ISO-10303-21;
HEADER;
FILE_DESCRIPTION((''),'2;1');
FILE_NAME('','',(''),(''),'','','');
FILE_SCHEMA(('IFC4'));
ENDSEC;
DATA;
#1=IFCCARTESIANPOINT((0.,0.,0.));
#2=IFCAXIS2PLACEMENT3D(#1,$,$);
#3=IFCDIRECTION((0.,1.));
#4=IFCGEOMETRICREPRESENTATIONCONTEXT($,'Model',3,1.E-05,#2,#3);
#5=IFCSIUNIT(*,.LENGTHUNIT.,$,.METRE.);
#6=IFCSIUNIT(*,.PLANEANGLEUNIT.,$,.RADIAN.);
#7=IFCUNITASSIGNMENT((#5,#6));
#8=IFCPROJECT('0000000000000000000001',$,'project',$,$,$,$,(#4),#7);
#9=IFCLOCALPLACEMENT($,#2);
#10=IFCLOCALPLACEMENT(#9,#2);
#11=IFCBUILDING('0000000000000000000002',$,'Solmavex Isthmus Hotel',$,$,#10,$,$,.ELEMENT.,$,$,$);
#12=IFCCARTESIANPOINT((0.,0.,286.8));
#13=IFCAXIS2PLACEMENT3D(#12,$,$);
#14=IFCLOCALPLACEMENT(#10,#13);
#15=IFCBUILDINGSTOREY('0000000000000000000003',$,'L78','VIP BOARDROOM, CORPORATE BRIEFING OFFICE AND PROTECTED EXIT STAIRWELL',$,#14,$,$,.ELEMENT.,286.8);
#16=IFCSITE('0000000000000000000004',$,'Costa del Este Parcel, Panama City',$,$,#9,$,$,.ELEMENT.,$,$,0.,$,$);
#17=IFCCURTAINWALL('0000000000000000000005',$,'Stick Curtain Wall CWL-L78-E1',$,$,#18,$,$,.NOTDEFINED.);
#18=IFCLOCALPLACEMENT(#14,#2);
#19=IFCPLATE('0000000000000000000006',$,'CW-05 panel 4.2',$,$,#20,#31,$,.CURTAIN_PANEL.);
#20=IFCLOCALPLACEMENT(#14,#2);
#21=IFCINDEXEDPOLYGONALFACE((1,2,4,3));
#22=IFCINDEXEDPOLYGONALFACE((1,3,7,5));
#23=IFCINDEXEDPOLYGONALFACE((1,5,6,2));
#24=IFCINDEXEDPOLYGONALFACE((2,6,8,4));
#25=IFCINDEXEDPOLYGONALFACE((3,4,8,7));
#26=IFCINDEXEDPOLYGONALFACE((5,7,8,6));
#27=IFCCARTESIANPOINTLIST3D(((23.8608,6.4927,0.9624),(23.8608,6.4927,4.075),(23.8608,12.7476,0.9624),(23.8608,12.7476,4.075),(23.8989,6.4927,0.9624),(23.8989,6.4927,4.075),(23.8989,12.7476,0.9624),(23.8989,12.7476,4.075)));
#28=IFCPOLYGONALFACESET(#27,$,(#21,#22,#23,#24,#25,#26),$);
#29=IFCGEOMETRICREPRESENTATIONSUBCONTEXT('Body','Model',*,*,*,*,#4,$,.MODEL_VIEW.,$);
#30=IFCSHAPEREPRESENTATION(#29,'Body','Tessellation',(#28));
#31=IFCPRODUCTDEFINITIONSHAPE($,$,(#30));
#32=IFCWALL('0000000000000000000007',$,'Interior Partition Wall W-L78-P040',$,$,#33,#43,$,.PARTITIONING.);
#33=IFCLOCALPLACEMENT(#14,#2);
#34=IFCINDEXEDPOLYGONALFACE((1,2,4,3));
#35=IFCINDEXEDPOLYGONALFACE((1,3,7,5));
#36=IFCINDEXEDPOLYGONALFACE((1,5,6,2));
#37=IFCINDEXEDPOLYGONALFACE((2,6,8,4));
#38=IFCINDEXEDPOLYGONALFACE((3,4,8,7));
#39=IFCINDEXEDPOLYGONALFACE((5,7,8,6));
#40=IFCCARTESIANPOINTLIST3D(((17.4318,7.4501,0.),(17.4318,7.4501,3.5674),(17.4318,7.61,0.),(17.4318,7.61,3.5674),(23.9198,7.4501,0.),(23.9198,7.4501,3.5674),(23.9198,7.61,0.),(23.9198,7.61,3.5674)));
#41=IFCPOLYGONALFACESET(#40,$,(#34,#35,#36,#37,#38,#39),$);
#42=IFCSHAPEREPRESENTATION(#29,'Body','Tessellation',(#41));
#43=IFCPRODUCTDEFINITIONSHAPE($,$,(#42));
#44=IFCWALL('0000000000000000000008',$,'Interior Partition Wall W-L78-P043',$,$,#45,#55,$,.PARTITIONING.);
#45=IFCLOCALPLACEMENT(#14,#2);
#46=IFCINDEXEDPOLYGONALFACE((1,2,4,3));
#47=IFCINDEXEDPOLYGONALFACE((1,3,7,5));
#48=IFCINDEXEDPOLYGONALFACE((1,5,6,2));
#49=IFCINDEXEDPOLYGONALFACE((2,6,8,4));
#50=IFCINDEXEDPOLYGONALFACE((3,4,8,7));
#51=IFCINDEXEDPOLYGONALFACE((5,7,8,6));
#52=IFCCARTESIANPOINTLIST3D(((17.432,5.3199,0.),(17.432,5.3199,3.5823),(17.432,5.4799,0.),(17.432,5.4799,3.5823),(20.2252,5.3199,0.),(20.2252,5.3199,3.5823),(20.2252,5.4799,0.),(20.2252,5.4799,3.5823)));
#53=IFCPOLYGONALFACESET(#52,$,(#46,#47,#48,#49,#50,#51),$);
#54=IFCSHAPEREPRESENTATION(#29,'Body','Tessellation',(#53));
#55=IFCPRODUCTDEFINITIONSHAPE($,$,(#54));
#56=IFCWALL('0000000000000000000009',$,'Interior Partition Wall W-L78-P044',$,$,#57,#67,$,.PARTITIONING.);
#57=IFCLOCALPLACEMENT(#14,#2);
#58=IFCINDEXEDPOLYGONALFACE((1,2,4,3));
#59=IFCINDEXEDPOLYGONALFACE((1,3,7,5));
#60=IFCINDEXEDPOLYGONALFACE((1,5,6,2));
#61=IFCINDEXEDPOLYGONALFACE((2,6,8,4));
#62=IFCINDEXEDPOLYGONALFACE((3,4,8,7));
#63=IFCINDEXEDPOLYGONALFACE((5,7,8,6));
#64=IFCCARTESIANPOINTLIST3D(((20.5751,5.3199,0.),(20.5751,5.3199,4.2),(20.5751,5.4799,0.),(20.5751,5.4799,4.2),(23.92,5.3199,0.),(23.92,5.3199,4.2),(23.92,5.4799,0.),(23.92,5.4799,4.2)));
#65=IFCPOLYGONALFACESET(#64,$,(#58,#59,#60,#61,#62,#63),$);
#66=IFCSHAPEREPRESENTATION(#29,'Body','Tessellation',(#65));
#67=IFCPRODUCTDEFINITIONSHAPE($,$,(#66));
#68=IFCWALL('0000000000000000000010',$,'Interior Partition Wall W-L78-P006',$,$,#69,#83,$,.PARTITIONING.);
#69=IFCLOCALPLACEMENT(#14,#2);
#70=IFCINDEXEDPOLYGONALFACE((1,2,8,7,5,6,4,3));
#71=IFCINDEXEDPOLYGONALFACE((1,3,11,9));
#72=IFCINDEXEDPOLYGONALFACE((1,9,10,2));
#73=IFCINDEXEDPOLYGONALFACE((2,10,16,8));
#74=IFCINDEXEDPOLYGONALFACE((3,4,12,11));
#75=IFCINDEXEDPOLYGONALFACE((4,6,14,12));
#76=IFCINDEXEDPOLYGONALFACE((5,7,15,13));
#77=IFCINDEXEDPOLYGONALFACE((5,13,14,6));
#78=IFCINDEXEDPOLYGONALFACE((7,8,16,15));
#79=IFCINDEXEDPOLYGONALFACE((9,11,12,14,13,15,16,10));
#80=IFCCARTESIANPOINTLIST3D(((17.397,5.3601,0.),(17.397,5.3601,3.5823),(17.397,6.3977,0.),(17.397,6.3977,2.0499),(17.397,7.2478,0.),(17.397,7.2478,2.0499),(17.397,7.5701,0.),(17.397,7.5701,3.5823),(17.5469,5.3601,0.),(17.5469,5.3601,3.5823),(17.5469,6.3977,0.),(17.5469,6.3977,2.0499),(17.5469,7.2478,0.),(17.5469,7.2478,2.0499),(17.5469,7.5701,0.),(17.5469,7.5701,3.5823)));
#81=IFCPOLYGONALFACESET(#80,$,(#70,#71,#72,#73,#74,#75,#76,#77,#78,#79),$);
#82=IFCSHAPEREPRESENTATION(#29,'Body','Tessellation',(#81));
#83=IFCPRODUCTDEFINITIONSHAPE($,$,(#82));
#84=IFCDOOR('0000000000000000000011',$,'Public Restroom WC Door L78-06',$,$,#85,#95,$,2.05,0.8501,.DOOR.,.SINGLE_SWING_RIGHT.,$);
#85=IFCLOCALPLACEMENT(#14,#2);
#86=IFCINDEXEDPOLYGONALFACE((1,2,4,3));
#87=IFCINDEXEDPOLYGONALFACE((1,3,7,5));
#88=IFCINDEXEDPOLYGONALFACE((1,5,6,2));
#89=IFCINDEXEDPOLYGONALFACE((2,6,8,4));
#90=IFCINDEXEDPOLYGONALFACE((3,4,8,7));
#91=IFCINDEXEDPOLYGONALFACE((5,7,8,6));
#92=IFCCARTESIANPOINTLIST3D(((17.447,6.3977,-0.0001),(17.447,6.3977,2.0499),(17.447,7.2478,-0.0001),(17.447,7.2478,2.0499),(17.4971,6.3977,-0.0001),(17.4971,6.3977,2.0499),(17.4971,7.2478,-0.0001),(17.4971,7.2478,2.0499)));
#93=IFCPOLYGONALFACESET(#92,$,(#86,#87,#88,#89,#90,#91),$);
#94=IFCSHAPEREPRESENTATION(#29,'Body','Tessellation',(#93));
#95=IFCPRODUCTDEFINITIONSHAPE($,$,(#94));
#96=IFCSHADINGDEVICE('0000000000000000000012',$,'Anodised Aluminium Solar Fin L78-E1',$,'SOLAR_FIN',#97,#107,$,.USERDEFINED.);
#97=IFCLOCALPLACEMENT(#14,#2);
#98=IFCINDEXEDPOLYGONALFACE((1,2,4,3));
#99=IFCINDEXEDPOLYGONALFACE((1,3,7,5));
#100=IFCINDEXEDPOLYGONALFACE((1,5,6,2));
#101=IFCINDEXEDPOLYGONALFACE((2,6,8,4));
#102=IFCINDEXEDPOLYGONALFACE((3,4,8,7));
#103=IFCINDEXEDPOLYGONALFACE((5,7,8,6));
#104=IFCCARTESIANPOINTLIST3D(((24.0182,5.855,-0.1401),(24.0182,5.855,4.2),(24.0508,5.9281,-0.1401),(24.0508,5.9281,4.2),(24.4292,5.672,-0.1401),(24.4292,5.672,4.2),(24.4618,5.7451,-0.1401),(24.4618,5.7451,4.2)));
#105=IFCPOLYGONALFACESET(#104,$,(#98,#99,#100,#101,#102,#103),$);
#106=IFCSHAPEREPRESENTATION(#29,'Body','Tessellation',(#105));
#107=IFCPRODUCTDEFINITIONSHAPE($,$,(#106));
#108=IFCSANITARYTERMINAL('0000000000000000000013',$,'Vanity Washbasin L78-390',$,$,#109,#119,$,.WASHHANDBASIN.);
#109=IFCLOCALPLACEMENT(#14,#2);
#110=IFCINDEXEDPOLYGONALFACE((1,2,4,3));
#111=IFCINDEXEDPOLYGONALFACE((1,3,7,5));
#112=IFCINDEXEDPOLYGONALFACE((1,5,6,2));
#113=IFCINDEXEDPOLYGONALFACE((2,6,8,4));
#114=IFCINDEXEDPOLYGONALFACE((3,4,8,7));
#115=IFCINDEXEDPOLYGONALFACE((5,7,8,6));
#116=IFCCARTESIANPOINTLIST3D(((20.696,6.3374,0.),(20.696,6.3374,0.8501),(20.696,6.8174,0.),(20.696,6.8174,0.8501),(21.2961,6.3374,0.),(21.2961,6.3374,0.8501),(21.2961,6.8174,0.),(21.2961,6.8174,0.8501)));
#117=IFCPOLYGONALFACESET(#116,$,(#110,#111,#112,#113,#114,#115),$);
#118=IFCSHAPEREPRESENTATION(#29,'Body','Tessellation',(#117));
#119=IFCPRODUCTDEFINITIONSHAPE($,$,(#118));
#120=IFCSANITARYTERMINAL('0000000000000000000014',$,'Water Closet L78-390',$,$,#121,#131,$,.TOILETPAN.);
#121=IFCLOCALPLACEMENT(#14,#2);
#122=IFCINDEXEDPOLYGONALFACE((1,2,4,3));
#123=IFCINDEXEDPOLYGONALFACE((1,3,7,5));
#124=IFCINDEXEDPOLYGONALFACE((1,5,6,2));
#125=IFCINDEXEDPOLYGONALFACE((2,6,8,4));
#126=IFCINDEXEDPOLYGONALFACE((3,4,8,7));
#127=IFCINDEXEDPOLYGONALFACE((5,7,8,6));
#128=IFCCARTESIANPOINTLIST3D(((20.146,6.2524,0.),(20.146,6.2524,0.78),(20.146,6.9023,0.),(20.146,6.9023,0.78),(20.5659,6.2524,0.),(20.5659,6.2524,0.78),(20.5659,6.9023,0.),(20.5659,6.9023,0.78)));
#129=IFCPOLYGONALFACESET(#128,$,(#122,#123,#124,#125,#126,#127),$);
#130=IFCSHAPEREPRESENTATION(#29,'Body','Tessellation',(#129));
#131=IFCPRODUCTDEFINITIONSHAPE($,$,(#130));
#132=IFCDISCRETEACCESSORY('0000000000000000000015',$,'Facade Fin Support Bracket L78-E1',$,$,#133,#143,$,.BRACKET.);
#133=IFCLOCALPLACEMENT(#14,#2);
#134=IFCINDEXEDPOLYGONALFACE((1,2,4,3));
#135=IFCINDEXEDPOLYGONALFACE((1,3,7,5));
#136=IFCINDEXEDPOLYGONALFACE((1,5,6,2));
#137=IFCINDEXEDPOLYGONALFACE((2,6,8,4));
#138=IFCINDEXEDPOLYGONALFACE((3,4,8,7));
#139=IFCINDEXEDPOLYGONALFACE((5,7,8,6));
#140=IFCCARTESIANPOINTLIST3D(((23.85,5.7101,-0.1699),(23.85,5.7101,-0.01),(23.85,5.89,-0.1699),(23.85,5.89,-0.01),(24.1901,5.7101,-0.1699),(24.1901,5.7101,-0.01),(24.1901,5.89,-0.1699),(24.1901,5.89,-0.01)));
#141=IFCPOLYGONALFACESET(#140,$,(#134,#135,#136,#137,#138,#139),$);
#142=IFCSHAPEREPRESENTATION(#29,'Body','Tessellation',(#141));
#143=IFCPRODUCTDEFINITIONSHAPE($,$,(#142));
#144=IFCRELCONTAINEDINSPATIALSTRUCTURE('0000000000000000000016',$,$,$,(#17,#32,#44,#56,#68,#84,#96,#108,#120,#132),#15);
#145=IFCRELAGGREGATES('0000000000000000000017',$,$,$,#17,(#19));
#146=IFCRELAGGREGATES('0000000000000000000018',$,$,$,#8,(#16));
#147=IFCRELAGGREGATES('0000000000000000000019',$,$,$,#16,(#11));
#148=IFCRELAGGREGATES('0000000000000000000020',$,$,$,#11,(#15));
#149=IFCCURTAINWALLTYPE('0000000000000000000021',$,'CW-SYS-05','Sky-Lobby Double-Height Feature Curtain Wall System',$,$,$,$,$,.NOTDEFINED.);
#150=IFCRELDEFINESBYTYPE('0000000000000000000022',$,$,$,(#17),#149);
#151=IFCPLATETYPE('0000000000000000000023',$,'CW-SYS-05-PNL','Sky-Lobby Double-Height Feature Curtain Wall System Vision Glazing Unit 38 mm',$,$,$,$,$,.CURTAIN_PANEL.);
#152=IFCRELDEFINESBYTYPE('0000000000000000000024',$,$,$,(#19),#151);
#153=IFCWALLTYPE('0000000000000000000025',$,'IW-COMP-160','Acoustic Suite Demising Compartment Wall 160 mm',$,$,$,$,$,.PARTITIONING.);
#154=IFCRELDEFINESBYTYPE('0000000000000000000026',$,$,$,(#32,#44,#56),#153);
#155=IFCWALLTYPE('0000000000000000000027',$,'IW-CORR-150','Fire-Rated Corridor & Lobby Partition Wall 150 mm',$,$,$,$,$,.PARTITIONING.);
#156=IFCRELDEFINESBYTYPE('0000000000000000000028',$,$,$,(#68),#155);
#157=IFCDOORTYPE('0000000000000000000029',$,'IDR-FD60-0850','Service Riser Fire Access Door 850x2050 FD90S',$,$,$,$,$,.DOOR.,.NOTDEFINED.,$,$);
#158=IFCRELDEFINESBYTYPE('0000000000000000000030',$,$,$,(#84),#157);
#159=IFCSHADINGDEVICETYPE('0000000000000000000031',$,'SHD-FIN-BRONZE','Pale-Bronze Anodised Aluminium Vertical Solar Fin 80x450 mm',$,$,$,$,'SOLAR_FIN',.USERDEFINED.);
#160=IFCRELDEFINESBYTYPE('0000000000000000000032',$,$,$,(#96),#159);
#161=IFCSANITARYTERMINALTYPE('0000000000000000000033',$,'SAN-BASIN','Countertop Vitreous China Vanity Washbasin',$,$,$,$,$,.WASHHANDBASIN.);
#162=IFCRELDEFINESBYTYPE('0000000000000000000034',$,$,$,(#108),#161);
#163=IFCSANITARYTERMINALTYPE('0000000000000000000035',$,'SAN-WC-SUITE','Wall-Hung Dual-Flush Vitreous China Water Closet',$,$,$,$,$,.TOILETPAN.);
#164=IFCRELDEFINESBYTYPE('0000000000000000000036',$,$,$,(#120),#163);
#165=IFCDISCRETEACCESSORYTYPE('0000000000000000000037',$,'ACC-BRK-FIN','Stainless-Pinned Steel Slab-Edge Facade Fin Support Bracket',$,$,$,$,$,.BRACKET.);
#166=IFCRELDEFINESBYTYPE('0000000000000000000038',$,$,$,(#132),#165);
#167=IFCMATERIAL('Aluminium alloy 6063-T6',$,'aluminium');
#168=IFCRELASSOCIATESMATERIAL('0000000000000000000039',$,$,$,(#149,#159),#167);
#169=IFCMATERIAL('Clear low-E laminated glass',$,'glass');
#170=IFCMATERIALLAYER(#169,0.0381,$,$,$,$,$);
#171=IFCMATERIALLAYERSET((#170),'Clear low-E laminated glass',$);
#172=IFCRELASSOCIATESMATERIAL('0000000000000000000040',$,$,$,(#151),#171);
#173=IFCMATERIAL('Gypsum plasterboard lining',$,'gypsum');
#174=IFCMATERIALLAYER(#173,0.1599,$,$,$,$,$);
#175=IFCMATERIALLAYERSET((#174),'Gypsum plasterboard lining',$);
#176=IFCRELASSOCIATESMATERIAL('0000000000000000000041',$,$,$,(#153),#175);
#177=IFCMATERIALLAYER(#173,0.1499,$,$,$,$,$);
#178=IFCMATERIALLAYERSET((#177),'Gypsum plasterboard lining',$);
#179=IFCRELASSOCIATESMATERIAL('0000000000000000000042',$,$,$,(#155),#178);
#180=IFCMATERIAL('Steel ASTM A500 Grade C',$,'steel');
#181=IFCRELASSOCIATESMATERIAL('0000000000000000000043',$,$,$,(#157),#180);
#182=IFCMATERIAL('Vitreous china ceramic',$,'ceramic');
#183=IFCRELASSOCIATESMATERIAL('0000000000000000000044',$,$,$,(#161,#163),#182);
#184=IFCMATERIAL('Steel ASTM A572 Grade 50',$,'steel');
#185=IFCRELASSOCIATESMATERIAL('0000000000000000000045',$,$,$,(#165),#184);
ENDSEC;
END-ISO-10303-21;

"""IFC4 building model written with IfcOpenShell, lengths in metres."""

from ifc_helpers import new_model, si_unit, direction, frame, frame_2d, origin, origin_2d, place, context, subcontext, project, spatial, rectangle, extrude, material, layer, layer_set, type_object, element, fill, aggregate, save


model = new_model("IFC4")

# Units and contexts
model_context = context("Model", 3, precision=1e-05, world=origin(), true_north=direction((0.0, 1.0)))
body_context = subcontext(model_context, "Body", "Model", "MODEL_VIEW")
ifc_project = project(units=[si_unit("LENGTHUNIT", "METRE"), si_unit("PLANEANGLEUNIT", "RADIAN")], contexts=[model_context])

# Site, building, storey
site_placement = place(None, origin())
site = spatial("IfcSite", under=ifc_project, at=site_placement, Name="Costa del Este Parcel, Panama City", CompositionType="ELEMENT", RefElevation=0.0)
building_placement = place(site_placement, origin())
building = spatial("IfcBuilding", under=site, at=building_placement, Name="Solmavex Isthmus Hotel", CompositionType="ELEMENT")
storey_placement = place(building_placement, frame((0.0, 0.0, 286.8)))
storey = spatial("IfcBuildingStorey", under=building, at=storey_placement, Name="L78", Description="VIP BOARDROOM, CORPORATE BRIEFING OFFICE AND PROTECTED EXIT STAIRWELL", CompositionType="ELEMENT", Elevation=286.8)

# Curtain wall, plate
ifc_material_1 = material(Name="Aluminium alloy 6063-T6", Category="aluminium")
curtain_wall_type = type_object("IfcCurtainWallType", Name="CW-SYS-05", Description="Sky-Lobby Double-Height Feature Curtain Wall System", PredefinedType="NOTDEFINED", material=ifc_material_1)
curtain_wall_placement = place(storey_placement, origin())
curtain_wall = element("IfcCurtainWall", 1, at=curtain_wall_placement, inside=storey, type_object=curtain_wall_type, Name="Stick Curtain Wall CWL-L78-E1", PredefinedType="NOTDEFINED")
ifc_material_2 = material(Name="Clear low-E laminated glass", Category="glass")
ifc_layer_1 = layer(ifc_material_2, 0.0381)
ifc_layer_set_1 = layer_set([ifc_layer_1], Name="Clear low-E laminated glass")
plate_type = type_object("IfcPlateType", Name="CW-SYS-05-PNL", Description="Sky-Lobby Double-Height Feature Curtain Wall System Vision Glazing Unit 38 mm", PredefinedType="CURTAIN_PANEL", material=ifc_layer_set_1)
plate_1_placement = place(storey_placement, frame((23.8799, 9.6201, 0.9624), z_axis=(0.0, 0.0, 1.0), x_axis=(0.0, 1.0, 0.0)))
plate_1 = element("IfcPlate", 2, at=plate_1_placement, type_object=plate_type, Name="CW-05 panel 4.2", PredefinedType="CURTAIN_PANEL", context=body_context, shape_type="SweptSolid", body=[
    extrude(rectangle(XDim=6.2549, YDim=0.0381, at=origin_2d()), origin(), (0.0, 0.0, 1.0), 3.1125),
])
aggregate(curtain_wall, [plate_1])

# Walls
ifc_material_3 = material(Name="Gypsum plasterboard lining", Category="gypsum")
ifc_layer_2 = layer(ifc_material_3, 0.1599)
ifc_layer_set_2 = layer_set([ifc_layer_2], Name="Gypsum plasterboard lining")
wall_type_1 = type_object("IfcWallType", Name="IW-COMP-160", Description="Acoustic Suite Demising Compartment Wall 160 mm", PredefinedType="PARTITIONING", material=ifc_layer_set_2)
wall_1_placement = place(storey_placement, frame((23.9199, 7.53, 0.0), z_axis=(0.0, 0.0, 1.0), x_axis=(-1.0, 0.0, 0.0)))
element("IfcWall", 3, at=wall_1_placement, inside=storey, type_object=wall_type_1, Name="Interior Partition Wall W-L78-P040", PredefinedType="PARTITIONING", context=body_context, shape_type="SweptSolid", body=[
    extrude(rectangle(XDim=6.488, YDim=0.1599, at=frame_2d((3.2441, 0.0))), origin(), (0.0, 0.0, 1.0), 3.5674),
])
wall_2_placement = place(storey_placement, frame((20.2251, 5.3999, 0.0), z_axis=(0.0, 0.0, 1.0), x_axis=(-1.0, 0.0, 0.0)))
element("IfcWall", 4, at=wall_2_placement, inside=storey, type_object=wall_type_1, Name="Interior Partition Wall W-L78-P043", PredefinedType="PARTITIONING", context=body_context, shape_type="SweptSolid", body=[
    extrude(rectangle(XDim=2.7932, YDim=0.1599, at=frame_2d((1.3965, 0.0))), origin(), (0.0, 0.0, 1.0), 3.5823),
])
wall_3_placement = place(storey_placement, frame((23.9199, 5.3999, 0.0), z_axis=(0.0, 0.0, 1.0), x_axis=(-1.0, 0.0, 0.0)))
element("IfcWall", 5, at=wall_3_placement, inside=storey, type_object=wall_type_1, Name="Interior Partition Wall W-L78-P044", PredefinedType="PARTITIONING", context=body_context, shape_type="SweptSolid", body=[
    extrude(rectangle(XDim=3.345, YDim=0.1599, at=frame_2d((1.6724, 0.0))), origin(), (0.0, 0.0, 1.0), 4.2),
])

# Wall, opening, door
ifc_layer_3 = layer(ifc_material_3, 0.1499)
ifc_layer_set_3 = layer_set([ifc_layer_3], Name="Gypsum plasterboard lining")
wall_type_2 = type_object("IfcWallType", Name="IW-CORR-150", Description="Fire-Rated Corridor & Lobby Partition Wall 150 mm", PredefinedType="PARTITIONING", material=ifc_layer_set_3)
wall_4_placement = place(storey_placement, frame((17.4719, 7.5701, 0.0), z_axis=(0.0, 0.0, 1.0), x_axis=(0.0, -1.0, 0.0)))
wall_4 = element("IfcWall", 6, at=wall_4_placement, inside=storey, type_object=wall_type_2, Name="Interior Partition Wall W-L78-P006", PredefinedType="PARTITIONING", context=body_context, shape_type="SweptSolid", body=[
    extrude(rectangle(XDim=2.21, YDim=0.1499, at=frame_2d((1.105, 0.0))), origin(), (0.0, 0.0, 1.0), 3.5823),
])
opening_1_placement = place(wall_4_placement, frame((0.3223, 0.0, 0.0)))
opening_1 = element("IfcOpeningElement", 7, at=opening_1_placement, cuts=wall_4, PredefinedType="OPENING", context=body_context, shape_type="SweptSolid", body=[
    extrude(rectangle(XDim=0.8501, YDim=2.05, at=frame_2d((0.425, 1.0249))), frame((0.0, 0.085, 0.0), z_axis=(0.0, -1.0, 0.0), x_axis=(1.0, 0.0, 0.0)), (0.0, 0.0, 1.0), 0.1699),
])
ifc_material_4 = material(Name="Steel ASTM A500 Grade C", Category="steel")
door_type_1 = type_object("IfcDoorType", Name="IDR-FD60-0850", Description="Service Riser Fire Access Door 850x2050 FD90S", OperationType="NOTDEFINED", PredefinedType="DOOR", material=ifc_material_4)
door_1_placement = place(opening_1_placement, frame((0.8501, 0.0, 0.0), z_axis=(0.0, 0.0, 1.0), x_axis=(-1.0, 0.0, 0.0)))
door_1 = element("IfcDoor", 8, at=door_1_placement, inside=storey, type_object=door_type_1, Name="Public Restroom WC Door L78-06", OperationType="SINGLE_SWING_RIGHT", OverallHeight=2.05, OverallWidth=0.8501, PredefinedType="DOOR", context=body_context, shape_type="SweptSolid", body=[
    extrude(rectangle(XDim=0.8501, YDim=2.05, at=frame_2d((0.425, 1.0249))), frame((0.0, 0.0249, 0.0), z_axis=(0.0, -1.0, 0.0), x_axis=(1.0, 0.0, 0.0)), (0.0, 0.0, 1.0), 0.05),
])
fill(opening_1, door_1)

# Shading device
shading_device_type = type_object("IfcShadingDeviceType", Name="SHD-FIN-BRONZE", Description="Pale-Bronze Anodised Aluminium Vertical Solar Fin 80x450 mm", ElementType="SOLAR_FIN", PredefinedType="USERDEFINED", material=ifc_material_1)
shading_device_placement = place(storey_placement, frame((24.24, 5.8, -0.1401), z_axis=(0.0, 0.0, 1.0), x_axis=(0.913545, -0.406737, 0.0)))
element("IfcShadingDevice", 9, at=shading_device_placement, inside=storey, type_object=shading_device_type, Name="Anodised Aluminium Solar Fin L78-E1", ObjectType="SOLAR_FIN", PredefinedType="USERDEFINED", context=body_context, shape_type="SweptSolid", body=[
    extrude(rectangle(XDim=0.45, YDim=0.0801, at=origin_2d()), origin(), (0.0, 0.0, 1.0), 4.3401),
])

# Sanitary terminals
ifc_material_5 = material(Name="Vitreous china ceramic", Category="ceramic")
sanitary_terminal_type_1 = type_object("IfcSanitaryTerminalType", Name="SAN-BASIN", Description="Countertop Vitreous China Vanity Washbasin", PredefinedType="WASHHANDBASIN", material=ifc_material_5)
sanitary_terminal_1_placement = place(storey_placement, frame((20.9961, 6.5774, 0.0), z_axis=(0.0, 0.0, 1.0), x_axis=(1.0, 0.0, 0.0)))
element("IfcSanitaryTerminal", 10, at=sanitary_terminal_1_placement, inside=storey, type_object=sanitary_terminal_type_1, Name="Vanity Washbasin L78-390", PredefinedType="WASHHANDBASIN", context=body_context, shape_type="SweptSolid", body=[
    extrude(rectangle(XDim=0.6001, YDim=0.48, at=origin_2d()), origin(), (0.0, 0.0, 1.0), 0.8501),
])
sanitary_terminal_type_2 = type_object("IfcSanitaryTerminalType", Name="SAN-WC-SUITE", Description="Wall-Hung Dual-Flush Vitreous China Water Closet", PredefinedType="TOILETPAN", material=ifc_material_5)
sanitary_terminal_2_placement = place(storey_placement, frame((20.356, 6.5774, 0.0), z_axis=(0.0, 0.0, 1.0), x_axis=(1.0, 0.0, 0.0)))
element("IfcSanitaryTerminal", 11, at=sanitary_terminal_2_placement, inside=storey, type_object=sanitary_terminal_type_2, Name="Water Closet L78-390", PredefinedType="TOILETPAN", context=body_context, shape_type="SweptSolid", body=[
    extrude(rectangle(XDim=0.4199, YDim=0.6499, at=origin_2d()), origin(), (0.0, 0.0, 1.0), 0.78),
])

# Discrete accessory
ifc_material_6 = material(Name="Steel ASTM A572 Grade 50", Category="steel")
discrete_accessory_type = type_object("IfcDiscreteAccessoryType", Name="ACC-BRK-FIN", Description="Stainless-Pinned Steel Slab-Edge Facade Fin Support Bracket", PredefinedType="BRACKET", material=ifc_material_6)
discrete_accessory_placement = place(storey_placement, frame((24.02, 5.8, -0.1699), z_axis=(0.0, 0.0, 1.0), x_axis=(1.0, 0.0, 0.0)))
element("IfcDiscreteAccessory", 12, at=discrete_accessory_placement, inside=storey, type_object=discrete_accessory_type, Name="Facade Fin Support Bracket L78-E1", PredefinedType="BRACKET", context=body_context, shape_type="SweptSolid", body=[
    extrude(rectangle(XDim=0.3401, YDim=0.1799, at=origin_2d()), origin(), (0.0, 0.0, 1.0), 0.1599),
])

save(model, "model.ifc")
